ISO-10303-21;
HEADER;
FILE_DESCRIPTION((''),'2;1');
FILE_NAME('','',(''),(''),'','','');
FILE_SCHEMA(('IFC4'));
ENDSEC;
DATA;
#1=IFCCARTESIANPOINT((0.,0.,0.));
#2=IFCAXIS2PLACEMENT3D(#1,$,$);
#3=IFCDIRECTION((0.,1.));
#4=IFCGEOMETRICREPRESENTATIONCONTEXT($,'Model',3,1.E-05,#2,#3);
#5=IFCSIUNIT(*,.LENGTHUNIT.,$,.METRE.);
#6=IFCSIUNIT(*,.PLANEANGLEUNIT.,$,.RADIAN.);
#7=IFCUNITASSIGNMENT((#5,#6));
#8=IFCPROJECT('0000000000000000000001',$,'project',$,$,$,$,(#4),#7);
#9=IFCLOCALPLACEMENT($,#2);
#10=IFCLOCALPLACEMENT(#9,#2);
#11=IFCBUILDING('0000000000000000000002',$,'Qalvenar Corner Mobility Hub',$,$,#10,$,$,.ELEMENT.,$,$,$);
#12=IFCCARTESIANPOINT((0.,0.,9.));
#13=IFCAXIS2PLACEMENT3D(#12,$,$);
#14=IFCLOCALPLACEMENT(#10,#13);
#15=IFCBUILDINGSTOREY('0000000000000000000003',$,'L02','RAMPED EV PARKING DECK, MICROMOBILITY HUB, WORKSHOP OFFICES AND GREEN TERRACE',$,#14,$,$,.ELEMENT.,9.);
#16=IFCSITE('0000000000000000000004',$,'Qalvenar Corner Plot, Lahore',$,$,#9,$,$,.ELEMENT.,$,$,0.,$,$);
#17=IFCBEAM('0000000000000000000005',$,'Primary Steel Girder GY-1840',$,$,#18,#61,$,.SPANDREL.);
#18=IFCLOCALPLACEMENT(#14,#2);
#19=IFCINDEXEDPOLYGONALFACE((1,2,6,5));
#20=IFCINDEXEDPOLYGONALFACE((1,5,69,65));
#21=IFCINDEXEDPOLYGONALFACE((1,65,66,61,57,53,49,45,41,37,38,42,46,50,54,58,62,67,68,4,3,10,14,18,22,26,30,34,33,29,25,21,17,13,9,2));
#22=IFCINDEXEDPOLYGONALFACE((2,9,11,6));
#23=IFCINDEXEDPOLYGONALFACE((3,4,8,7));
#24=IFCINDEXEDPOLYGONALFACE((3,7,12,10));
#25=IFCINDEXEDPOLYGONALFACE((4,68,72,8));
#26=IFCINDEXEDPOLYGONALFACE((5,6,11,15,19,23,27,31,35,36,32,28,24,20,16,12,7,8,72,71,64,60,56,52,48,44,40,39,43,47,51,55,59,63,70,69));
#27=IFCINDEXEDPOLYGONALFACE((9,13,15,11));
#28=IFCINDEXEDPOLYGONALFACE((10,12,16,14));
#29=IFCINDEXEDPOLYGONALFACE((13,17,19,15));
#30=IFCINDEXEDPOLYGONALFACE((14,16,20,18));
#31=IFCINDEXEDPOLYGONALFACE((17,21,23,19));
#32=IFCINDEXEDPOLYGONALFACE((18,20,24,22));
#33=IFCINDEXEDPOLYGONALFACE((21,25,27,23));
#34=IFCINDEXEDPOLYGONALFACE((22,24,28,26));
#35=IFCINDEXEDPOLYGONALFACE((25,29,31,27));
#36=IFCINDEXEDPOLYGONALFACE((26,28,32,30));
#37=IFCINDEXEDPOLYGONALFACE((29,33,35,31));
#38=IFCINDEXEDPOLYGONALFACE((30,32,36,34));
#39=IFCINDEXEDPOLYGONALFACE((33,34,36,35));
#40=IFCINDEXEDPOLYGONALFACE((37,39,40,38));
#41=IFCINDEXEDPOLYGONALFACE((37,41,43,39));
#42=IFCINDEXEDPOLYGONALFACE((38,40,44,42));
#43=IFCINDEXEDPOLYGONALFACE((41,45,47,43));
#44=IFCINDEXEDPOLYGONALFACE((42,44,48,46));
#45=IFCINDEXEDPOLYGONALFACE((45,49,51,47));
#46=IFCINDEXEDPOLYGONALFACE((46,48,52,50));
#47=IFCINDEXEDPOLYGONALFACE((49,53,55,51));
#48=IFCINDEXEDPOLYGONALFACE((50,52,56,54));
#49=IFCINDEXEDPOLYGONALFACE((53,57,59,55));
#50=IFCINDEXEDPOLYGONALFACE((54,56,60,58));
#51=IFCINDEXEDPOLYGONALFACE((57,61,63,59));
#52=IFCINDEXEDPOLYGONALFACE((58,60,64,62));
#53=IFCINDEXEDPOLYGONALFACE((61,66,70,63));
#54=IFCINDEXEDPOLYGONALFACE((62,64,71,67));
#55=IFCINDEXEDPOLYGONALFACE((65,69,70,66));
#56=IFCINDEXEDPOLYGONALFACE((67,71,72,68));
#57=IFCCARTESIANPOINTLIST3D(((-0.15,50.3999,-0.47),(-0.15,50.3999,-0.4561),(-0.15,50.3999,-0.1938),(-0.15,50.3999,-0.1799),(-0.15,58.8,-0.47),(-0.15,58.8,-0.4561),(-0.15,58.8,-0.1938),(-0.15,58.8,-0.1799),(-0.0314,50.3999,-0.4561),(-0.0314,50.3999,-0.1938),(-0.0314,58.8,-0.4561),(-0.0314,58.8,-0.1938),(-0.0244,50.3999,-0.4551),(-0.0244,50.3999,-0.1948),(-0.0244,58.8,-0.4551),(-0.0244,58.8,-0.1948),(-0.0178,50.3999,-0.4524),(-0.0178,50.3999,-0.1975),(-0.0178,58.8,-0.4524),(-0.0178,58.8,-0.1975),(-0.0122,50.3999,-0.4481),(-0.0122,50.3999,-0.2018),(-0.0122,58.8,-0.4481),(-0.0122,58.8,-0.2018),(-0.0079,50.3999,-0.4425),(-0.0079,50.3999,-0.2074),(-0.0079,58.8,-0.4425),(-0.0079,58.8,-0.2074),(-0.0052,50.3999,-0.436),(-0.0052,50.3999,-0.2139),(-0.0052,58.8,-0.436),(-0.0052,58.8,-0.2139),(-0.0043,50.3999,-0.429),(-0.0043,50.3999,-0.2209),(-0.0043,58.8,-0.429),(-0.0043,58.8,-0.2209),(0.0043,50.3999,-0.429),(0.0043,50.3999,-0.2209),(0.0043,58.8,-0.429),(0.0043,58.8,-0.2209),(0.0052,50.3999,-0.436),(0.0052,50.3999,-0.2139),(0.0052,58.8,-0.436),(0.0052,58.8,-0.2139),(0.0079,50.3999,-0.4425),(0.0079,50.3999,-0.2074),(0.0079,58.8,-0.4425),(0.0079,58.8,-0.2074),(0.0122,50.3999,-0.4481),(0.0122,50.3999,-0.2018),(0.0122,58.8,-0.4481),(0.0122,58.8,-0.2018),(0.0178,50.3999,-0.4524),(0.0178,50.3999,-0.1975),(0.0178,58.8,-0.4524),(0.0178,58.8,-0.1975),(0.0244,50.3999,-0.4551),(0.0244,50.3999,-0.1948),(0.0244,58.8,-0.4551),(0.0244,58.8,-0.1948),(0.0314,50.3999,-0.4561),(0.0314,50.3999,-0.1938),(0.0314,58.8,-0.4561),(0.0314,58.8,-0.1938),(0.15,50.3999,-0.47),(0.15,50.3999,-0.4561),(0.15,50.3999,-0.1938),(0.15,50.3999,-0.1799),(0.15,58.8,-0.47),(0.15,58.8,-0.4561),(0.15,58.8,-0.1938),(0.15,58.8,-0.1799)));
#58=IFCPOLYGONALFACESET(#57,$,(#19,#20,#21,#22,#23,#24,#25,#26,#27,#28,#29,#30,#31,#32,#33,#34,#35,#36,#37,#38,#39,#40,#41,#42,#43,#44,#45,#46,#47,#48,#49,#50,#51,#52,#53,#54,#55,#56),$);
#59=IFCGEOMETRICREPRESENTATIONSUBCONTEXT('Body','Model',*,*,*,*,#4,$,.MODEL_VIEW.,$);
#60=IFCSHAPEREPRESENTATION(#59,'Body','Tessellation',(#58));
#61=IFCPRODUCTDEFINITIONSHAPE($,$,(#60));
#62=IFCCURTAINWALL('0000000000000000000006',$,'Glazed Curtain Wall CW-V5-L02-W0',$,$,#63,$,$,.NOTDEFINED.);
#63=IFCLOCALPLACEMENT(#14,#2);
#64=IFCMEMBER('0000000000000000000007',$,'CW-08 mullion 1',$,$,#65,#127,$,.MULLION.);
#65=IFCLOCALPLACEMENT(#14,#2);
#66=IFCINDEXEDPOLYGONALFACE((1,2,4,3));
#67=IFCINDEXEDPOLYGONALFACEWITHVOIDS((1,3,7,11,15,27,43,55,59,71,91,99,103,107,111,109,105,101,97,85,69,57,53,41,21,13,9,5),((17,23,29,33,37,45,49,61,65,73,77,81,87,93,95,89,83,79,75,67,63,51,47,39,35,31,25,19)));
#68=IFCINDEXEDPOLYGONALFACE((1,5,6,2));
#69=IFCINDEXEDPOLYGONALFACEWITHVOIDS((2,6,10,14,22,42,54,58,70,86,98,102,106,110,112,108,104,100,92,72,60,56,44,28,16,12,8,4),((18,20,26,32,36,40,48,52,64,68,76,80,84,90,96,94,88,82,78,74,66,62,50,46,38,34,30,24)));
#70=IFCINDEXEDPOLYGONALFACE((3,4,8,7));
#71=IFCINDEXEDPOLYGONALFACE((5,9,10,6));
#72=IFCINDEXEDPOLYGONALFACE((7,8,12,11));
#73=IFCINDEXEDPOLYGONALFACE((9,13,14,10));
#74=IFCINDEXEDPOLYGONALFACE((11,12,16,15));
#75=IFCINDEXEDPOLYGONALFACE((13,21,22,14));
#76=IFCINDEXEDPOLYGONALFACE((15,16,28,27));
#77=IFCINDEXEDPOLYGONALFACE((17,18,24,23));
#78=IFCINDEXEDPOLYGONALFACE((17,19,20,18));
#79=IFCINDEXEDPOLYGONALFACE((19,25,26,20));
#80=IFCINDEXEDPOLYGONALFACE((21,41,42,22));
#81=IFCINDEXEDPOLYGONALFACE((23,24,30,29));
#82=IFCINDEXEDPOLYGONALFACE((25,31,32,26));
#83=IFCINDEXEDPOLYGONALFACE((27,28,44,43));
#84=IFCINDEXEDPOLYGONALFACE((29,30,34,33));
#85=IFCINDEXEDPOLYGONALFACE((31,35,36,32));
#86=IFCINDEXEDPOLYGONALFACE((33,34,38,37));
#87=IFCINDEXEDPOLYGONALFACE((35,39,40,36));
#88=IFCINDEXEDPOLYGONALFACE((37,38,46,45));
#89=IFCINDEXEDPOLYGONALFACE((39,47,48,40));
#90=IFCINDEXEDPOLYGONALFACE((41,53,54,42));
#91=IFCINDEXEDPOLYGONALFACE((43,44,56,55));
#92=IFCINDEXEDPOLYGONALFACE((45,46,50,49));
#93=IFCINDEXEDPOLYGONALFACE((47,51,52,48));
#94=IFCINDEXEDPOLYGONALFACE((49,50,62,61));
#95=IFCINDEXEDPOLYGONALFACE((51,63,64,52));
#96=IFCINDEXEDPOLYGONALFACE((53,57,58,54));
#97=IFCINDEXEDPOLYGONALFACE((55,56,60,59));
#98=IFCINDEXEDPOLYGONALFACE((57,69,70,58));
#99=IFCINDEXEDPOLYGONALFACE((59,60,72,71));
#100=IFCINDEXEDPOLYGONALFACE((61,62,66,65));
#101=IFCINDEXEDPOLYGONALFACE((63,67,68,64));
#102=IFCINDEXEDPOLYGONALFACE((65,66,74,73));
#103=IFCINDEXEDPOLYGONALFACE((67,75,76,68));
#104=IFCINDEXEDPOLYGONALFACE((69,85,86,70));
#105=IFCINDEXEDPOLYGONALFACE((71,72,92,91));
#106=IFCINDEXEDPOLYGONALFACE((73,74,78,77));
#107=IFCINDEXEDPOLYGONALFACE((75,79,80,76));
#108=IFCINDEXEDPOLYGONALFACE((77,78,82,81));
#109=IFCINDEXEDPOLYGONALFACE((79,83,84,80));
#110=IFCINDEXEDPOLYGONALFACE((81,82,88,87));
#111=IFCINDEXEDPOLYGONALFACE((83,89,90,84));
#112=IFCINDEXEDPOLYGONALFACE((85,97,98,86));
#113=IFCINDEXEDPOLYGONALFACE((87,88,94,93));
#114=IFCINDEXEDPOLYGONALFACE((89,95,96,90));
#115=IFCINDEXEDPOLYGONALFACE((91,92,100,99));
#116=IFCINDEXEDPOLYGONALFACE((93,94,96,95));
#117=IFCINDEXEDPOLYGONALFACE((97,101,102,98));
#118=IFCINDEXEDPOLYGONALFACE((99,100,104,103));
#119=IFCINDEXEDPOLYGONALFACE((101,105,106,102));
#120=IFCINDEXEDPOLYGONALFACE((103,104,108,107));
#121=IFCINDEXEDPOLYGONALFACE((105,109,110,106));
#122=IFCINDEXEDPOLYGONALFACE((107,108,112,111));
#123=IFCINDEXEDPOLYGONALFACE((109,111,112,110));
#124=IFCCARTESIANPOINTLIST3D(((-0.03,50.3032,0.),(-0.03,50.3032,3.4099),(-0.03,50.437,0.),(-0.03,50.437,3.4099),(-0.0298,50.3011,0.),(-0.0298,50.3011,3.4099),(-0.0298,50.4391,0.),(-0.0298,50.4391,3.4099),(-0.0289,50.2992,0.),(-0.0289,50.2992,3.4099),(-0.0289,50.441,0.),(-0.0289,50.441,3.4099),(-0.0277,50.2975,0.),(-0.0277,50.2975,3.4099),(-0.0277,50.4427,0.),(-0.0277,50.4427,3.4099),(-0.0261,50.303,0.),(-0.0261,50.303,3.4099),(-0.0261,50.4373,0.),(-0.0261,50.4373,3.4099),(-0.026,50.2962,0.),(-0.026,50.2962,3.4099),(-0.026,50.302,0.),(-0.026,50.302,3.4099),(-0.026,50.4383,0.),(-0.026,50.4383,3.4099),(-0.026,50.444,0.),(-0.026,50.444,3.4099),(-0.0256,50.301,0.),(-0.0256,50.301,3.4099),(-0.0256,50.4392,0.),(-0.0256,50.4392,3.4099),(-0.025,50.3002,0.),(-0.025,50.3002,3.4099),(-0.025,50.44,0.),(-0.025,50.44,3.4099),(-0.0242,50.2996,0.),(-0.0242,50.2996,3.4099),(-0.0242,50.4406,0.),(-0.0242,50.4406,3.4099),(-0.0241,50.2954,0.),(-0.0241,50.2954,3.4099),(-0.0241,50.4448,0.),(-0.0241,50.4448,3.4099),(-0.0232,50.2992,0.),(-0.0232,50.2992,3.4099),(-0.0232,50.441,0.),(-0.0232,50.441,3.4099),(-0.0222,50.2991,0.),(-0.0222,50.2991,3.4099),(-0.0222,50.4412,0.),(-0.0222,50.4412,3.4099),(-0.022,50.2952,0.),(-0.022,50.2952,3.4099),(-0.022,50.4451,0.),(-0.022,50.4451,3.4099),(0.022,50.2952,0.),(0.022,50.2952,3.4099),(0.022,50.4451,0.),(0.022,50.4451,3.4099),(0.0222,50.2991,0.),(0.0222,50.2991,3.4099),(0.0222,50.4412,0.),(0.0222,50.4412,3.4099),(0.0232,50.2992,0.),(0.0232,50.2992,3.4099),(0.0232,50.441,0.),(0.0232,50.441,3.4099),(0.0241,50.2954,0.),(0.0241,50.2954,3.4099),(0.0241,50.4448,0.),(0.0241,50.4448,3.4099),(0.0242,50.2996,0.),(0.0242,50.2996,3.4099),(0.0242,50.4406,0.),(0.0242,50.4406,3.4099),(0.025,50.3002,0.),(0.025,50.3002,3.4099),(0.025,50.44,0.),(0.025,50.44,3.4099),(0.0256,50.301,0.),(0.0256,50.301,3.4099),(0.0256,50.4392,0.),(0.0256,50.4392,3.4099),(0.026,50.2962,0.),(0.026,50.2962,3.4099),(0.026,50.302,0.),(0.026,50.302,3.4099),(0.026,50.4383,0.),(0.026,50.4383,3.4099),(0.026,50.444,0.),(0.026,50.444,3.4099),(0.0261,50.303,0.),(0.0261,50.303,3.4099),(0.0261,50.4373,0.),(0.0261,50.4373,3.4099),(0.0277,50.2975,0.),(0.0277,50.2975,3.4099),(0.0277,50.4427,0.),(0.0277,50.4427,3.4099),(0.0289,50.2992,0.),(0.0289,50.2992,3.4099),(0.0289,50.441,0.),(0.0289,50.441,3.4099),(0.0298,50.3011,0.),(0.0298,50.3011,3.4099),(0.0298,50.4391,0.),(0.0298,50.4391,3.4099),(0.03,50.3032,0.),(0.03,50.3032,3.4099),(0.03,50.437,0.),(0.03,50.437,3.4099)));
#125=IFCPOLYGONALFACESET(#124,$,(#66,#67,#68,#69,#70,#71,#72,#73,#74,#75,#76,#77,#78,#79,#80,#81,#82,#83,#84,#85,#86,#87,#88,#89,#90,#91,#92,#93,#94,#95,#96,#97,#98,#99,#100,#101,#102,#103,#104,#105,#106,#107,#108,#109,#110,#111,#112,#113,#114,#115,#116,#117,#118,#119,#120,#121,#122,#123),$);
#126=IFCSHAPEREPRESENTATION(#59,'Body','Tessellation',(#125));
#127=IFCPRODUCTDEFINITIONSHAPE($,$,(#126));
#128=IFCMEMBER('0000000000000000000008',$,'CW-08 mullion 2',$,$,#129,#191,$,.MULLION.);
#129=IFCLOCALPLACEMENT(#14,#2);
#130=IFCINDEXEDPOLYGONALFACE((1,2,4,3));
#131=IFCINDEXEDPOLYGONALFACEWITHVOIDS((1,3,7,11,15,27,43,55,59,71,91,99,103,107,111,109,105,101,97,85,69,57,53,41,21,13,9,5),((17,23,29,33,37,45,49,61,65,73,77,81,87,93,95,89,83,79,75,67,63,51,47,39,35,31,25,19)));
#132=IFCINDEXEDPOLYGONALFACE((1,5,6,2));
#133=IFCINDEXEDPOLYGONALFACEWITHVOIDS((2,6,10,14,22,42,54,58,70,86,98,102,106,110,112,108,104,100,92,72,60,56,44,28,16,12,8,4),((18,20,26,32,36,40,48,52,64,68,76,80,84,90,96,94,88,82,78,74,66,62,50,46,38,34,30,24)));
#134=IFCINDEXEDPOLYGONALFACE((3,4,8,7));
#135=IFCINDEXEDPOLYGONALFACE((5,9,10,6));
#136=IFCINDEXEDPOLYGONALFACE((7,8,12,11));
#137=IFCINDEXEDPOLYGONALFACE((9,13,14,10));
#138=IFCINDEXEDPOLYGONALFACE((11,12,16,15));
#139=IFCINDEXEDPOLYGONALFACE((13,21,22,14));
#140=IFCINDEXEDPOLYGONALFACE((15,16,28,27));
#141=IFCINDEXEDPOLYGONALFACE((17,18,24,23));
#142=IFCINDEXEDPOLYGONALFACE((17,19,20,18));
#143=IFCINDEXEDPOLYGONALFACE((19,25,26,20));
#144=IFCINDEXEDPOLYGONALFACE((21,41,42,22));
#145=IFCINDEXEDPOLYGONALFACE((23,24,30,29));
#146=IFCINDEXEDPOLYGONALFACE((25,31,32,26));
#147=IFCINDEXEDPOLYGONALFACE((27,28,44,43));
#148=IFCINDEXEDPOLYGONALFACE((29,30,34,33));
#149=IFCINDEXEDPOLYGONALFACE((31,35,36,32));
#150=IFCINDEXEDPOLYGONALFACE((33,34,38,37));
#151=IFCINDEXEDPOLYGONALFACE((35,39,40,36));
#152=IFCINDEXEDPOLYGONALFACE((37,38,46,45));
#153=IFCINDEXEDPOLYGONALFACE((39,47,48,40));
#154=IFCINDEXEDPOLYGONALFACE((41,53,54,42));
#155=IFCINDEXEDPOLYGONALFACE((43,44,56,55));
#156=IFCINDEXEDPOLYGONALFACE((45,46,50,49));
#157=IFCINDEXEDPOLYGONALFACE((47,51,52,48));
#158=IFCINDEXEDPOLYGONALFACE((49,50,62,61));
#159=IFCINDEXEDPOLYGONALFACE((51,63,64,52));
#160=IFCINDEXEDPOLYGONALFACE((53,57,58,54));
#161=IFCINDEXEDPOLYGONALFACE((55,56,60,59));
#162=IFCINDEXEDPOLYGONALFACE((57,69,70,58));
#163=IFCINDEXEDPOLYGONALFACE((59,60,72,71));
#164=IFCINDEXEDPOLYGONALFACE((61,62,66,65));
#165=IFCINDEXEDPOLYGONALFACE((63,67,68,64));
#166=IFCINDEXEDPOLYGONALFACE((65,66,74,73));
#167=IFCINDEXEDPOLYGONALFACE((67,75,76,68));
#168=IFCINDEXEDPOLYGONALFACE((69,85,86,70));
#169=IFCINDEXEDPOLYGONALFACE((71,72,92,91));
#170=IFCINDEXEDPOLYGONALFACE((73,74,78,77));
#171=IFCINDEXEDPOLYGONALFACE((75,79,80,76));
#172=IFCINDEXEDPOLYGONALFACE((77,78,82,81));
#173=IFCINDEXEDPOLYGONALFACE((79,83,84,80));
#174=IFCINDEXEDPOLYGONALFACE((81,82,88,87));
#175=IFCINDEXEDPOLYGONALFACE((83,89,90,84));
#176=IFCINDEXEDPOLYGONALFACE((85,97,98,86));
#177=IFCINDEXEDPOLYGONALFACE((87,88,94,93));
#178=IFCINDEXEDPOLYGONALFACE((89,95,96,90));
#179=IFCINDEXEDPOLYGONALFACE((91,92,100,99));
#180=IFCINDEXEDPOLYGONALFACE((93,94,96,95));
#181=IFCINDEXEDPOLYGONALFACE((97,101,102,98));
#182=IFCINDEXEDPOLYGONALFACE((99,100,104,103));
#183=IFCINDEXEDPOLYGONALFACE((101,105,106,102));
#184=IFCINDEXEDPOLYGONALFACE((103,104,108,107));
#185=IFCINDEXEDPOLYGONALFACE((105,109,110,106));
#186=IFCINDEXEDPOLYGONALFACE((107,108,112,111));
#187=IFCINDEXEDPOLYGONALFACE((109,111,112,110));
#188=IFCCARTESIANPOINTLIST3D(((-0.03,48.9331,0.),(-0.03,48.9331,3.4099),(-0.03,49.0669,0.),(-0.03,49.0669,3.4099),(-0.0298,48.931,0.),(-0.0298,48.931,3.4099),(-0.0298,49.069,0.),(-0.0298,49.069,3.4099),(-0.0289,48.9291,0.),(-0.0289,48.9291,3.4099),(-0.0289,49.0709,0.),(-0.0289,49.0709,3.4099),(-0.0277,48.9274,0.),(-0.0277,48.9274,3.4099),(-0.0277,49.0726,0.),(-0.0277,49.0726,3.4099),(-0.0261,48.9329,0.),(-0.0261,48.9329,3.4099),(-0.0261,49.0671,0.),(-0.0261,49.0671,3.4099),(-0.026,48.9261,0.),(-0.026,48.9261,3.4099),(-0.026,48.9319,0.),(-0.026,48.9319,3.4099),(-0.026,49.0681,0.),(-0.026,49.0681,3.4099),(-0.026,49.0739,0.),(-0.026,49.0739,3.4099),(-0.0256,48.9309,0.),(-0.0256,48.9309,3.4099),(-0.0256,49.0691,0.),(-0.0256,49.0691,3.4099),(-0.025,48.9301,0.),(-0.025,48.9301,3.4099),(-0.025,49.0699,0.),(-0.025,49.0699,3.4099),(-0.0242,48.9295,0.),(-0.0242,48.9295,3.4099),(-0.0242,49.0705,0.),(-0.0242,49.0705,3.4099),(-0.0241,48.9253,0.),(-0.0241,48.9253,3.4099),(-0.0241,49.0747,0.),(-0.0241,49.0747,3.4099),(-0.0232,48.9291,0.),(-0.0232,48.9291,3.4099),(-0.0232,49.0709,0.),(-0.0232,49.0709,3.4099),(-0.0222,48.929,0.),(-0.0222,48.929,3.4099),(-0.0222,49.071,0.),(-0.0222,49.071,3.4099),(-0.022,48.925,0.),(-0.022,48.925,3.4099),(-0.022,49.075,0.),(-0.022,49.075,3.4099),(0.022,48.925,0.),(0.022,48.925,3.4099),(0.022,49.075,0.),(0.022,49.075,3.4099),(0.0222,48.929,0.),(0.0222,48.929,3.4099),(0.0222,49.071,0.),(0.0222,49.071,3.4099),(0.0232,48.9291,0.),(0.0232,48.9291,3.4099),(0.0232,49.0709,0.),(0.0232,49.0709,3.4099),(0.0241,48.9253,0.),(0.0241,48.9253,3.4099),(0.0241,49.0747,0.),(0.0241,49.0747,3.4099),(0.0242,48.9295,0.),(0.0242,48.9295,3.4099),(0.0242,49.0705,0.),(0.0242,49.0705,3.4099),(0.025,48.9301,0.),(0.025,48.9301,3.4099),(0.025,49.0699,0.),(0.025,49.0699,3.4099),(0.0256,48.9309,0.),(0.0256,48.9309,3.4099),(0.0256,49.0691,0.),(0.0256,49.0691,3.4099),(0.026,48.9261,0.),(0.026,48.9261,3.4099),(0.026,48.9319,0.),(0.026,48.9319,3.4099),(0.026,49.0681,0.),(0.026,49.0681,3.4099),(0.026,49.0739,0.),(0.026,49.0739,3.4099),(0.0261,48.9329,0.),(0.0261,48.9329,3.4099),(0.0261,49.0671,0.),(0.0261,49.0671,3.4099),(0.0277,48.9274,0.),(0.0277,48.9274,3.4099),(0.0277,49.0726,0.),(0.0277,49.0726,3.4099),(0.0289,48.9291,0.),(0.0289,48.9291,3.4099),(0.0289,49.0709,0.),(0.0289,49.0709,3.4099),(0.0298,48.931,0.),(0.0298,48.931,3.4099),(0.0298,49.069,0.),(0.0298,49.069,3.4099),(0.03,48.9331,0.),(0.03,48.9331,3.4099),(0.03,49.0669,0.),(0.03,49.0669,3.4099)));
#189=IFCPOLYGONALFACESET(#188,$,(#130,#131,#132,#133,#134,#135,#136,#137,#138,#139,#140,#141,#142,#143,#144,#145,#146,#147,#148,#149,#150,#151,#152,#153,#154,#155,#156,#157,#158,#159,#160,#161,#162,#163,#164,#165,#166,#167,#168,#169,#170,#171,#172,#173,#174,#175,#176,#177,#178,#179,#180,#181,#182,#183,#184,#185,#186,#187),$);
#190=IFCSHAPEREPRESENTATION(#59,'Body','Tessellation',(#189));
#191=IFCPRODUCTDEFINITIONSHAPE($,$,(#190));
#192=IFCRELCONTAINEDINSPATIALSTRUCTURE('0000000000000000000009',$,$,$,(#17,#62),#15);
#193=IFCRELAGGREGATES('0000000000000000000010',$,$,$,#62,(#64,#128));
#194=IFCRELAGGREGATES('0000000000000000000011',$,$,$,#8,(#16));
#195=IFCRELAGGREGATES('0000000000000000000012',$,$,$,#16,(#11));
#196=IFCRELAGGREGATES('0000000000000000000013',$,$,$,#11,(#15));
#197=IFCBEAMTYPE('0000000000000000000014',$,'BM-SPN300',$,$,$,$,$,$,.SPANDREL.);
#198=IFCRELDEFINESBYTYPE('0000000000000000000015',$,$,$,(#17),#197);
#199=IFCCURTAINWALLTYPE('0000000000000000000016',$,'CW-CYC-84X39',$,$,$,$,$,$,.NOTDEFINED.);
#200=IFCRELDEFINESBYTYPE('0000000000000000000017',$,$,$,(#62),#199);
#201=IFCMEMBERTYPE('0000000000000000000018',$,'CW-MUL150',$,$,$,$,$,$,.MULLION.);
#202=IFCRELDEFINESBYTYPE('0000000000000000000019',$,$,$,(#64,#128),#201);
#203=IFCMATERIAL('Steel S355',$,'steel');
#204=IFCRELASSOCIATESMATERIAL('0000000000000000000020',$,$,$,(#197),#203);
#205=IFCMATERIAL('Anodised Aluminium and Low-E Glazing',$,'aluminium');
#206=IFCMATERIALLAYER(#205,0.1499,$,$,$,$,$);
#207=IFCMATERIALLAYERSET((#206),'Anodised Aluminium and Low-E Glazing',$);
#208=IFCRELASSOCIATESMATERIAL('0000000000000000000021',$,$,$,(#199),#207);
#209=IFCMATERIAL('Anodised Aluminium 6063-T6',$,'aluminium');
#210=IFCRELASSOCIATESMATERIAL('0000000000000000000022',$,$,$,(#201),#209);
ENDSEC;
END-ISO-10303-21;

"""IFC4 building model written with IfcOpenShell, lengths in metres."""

from ifc_helpers import new_model, si_unit, direction, frame, origin, origin_2d, place, context, subcontext, project, spatial, hollow_rectangle, i_section, extrude, material, layer, layer_set, material_profile, profile_set, type_object, element, aggregate, save


model = new_model("IFC4")

# Units and contexts
model_context = context("Model", 3, precision=1e-05, world=origin(), true_north=direction((0.0, 1.0)))
body_context = subcontext(model_context, "Body", "Model", "MODEL_VIEW")
ifc_project = project(units=[si_unit("LENGTHUNIT", "METRE"), si_unit("PLANEANGLEUNIT", "RADIAN")], contexts=[model_context])

# Site, building, storey
site_placement = place(None, origin())
site = spatial("IfcSite", under=ifc_project, at=site_placement, Name="Qalvenar Corner Plot, Lahore", CompositionType="ELEMENT", RefElevation=0.0)
building_placement = place(site_placement, origin())
building = spatial("IfcBuilding", under=site, at=building_placement, Name="Qalvenar Corner Mobility Hub", CompositionType="ELEMENT")
storey_placement = place(building_placement, frame((0.0, 0.0, 9.0)))
storey = spatial("IfcBuildingStorey", under=building, at=storey_placement, Name="L02", Description="RAMPED EV PARKING DECK, MICROMOBILITY HUB, WORKSHOP OFFICES AND GREEN TERRACE", CompositionType="ELEMENT", Elevation=9.0)

# Shared definitions
ifc_material_1 = material(Name="Steel S355", Category="steel")

# Beam
ifc_material_profile_1 = material_profile(ifc_material_1, i_section(OverallWidth=0.3, OverallDepth=0.29, WebThickness=0.0085, FlangeThickness=0.0139, FilletRadius=0.0271, at=origin_2d()), Name="HEA300")
ifc_profile_set_1 = profile_set([ifc_material_profile_1], Name="Steel S355")
beam_type_1 = type_object("IfcBeamType", Name="BM-SPN300", PredefinedType="SPANDREL", material=ifc_profile_set_1)
beam_1_placement = place(storey_placement, frame((0.0, 50.3999, -0.325), z_axis=(0.0, 1.0, 0.0), x_axis=(-1.0, 0.0, 0.0)))
element("IfcBeam", 1, at=beam_1_placement, inside=storey, type_object=beam_type_1, Name="Primary Steel Girder GY-1840", PredefinedType="SPANDREL", context=body_context, shape_type="SweptSolid", body=[
    extrude(i_section(OverallWidth=0.3, OverallDepth=0.29, WebThickness=0.0085, FlangeThickness=0.0139, FilletRadius=0.0271, at=origin_2d()), origin(), (0.0, 0.0, 1.0), 8.4001),
])

# Curtain wall, members
ifc_material_2 = material(Name="Anodised Aluminium and Low-E Glazing", Category="aluminium")
ifc_layer_1 = layer(ifc_material_2, 0.1499)
ifc_layer_set_1 = layer_set([ifc_layer_1], Name="Anodised Aluminium and Low-E Glazing")
curtain_wall_type = type_object("IfcCurtainWallType", Name="CW-CYC-84X39", PredefinedType="NOTDEFINED", material=ifc_layer_set_1)
curtain_wall_placement = place(storey_placement, origin())
curtain_wall = element("IfcCurtainWall", 2, at=curtain_wall_placement, inside=storey, type_object=curtain_wall_type, Name="Glazed Curtain Wall CW-V5-L02-W0", PredefinedType="NOTDEFINED")
ifc_material_3 = material(Name="Anodised Aluminium 6063-T6", Category="aluminium")
ifc_material_profile_2 = material_profile(ifc_material_3, hollow_rectangle(XDim=0.0601, YDim=0.1499, WallThickness=0.0039, InnerFilletRadius=0.0039, OuterFilletRadius=0.0081, at=origin_2d()), Name="RHS150x60x4")
ifc_profile_set_2 = profile_set([ifc_material_profile_2], Name="Anodised Aluminium 6063-T6")
member_type_1 = type_object("IfcMemberType", Name="CW-MUL150", PredefinedType="MULLION", material=ifc_profile_set_2)
member_1_placement = place(storey_placement, frame((0.0, 50.3701, 0.0), z_axis=(0.0, 0.0, 1.0), x_axis=(1.0, 0.0, 0.0)))
member_1 = element("IfcMember", 3, at=member_1_placement, type_object=member_type_1, Name="CW-08 mullion 1", PredefinedType="MULLION", context=body_context, shape_type="SweptSolid", body=[
    extrude(hollow_rectangle(XDim=0.0601, YDim=0.1499, WallThickness=0.0039, InnerFilletRadius=0.0039, OuterFilletRadius=0.0081, at=origin_2d()), origin(), (0.0, 0.0, 1.0), 3.4099),
])
member_2_placement = place(storey_placement, frame((0.0, 49.0, 0.0), z_axis=(0.0, 0.0, 1.0), x_axis=(1.0, 0.0, 0.0)))
member_2 = element("IfcMember", 4, at=member_2_placement, type_object=member_type_1, Name="CW-08 mullion 2", PredefinedType="MULLION", context=body_context, shape_type="SweptSolid", body=[
    extrude(hollow_rectangle(XDim=0.0601, YDim=0.1499, WallThickness=0.0039, InnerFilletRadius=0.0039, OuterFilletRadius=0.0081, at=origin_2d()), origin(), (0.0, 0.0, 1.0), 3.4099),
])

aggregate(curtain_wall, [member_1, member_2])

save(model, "model.ifc")
